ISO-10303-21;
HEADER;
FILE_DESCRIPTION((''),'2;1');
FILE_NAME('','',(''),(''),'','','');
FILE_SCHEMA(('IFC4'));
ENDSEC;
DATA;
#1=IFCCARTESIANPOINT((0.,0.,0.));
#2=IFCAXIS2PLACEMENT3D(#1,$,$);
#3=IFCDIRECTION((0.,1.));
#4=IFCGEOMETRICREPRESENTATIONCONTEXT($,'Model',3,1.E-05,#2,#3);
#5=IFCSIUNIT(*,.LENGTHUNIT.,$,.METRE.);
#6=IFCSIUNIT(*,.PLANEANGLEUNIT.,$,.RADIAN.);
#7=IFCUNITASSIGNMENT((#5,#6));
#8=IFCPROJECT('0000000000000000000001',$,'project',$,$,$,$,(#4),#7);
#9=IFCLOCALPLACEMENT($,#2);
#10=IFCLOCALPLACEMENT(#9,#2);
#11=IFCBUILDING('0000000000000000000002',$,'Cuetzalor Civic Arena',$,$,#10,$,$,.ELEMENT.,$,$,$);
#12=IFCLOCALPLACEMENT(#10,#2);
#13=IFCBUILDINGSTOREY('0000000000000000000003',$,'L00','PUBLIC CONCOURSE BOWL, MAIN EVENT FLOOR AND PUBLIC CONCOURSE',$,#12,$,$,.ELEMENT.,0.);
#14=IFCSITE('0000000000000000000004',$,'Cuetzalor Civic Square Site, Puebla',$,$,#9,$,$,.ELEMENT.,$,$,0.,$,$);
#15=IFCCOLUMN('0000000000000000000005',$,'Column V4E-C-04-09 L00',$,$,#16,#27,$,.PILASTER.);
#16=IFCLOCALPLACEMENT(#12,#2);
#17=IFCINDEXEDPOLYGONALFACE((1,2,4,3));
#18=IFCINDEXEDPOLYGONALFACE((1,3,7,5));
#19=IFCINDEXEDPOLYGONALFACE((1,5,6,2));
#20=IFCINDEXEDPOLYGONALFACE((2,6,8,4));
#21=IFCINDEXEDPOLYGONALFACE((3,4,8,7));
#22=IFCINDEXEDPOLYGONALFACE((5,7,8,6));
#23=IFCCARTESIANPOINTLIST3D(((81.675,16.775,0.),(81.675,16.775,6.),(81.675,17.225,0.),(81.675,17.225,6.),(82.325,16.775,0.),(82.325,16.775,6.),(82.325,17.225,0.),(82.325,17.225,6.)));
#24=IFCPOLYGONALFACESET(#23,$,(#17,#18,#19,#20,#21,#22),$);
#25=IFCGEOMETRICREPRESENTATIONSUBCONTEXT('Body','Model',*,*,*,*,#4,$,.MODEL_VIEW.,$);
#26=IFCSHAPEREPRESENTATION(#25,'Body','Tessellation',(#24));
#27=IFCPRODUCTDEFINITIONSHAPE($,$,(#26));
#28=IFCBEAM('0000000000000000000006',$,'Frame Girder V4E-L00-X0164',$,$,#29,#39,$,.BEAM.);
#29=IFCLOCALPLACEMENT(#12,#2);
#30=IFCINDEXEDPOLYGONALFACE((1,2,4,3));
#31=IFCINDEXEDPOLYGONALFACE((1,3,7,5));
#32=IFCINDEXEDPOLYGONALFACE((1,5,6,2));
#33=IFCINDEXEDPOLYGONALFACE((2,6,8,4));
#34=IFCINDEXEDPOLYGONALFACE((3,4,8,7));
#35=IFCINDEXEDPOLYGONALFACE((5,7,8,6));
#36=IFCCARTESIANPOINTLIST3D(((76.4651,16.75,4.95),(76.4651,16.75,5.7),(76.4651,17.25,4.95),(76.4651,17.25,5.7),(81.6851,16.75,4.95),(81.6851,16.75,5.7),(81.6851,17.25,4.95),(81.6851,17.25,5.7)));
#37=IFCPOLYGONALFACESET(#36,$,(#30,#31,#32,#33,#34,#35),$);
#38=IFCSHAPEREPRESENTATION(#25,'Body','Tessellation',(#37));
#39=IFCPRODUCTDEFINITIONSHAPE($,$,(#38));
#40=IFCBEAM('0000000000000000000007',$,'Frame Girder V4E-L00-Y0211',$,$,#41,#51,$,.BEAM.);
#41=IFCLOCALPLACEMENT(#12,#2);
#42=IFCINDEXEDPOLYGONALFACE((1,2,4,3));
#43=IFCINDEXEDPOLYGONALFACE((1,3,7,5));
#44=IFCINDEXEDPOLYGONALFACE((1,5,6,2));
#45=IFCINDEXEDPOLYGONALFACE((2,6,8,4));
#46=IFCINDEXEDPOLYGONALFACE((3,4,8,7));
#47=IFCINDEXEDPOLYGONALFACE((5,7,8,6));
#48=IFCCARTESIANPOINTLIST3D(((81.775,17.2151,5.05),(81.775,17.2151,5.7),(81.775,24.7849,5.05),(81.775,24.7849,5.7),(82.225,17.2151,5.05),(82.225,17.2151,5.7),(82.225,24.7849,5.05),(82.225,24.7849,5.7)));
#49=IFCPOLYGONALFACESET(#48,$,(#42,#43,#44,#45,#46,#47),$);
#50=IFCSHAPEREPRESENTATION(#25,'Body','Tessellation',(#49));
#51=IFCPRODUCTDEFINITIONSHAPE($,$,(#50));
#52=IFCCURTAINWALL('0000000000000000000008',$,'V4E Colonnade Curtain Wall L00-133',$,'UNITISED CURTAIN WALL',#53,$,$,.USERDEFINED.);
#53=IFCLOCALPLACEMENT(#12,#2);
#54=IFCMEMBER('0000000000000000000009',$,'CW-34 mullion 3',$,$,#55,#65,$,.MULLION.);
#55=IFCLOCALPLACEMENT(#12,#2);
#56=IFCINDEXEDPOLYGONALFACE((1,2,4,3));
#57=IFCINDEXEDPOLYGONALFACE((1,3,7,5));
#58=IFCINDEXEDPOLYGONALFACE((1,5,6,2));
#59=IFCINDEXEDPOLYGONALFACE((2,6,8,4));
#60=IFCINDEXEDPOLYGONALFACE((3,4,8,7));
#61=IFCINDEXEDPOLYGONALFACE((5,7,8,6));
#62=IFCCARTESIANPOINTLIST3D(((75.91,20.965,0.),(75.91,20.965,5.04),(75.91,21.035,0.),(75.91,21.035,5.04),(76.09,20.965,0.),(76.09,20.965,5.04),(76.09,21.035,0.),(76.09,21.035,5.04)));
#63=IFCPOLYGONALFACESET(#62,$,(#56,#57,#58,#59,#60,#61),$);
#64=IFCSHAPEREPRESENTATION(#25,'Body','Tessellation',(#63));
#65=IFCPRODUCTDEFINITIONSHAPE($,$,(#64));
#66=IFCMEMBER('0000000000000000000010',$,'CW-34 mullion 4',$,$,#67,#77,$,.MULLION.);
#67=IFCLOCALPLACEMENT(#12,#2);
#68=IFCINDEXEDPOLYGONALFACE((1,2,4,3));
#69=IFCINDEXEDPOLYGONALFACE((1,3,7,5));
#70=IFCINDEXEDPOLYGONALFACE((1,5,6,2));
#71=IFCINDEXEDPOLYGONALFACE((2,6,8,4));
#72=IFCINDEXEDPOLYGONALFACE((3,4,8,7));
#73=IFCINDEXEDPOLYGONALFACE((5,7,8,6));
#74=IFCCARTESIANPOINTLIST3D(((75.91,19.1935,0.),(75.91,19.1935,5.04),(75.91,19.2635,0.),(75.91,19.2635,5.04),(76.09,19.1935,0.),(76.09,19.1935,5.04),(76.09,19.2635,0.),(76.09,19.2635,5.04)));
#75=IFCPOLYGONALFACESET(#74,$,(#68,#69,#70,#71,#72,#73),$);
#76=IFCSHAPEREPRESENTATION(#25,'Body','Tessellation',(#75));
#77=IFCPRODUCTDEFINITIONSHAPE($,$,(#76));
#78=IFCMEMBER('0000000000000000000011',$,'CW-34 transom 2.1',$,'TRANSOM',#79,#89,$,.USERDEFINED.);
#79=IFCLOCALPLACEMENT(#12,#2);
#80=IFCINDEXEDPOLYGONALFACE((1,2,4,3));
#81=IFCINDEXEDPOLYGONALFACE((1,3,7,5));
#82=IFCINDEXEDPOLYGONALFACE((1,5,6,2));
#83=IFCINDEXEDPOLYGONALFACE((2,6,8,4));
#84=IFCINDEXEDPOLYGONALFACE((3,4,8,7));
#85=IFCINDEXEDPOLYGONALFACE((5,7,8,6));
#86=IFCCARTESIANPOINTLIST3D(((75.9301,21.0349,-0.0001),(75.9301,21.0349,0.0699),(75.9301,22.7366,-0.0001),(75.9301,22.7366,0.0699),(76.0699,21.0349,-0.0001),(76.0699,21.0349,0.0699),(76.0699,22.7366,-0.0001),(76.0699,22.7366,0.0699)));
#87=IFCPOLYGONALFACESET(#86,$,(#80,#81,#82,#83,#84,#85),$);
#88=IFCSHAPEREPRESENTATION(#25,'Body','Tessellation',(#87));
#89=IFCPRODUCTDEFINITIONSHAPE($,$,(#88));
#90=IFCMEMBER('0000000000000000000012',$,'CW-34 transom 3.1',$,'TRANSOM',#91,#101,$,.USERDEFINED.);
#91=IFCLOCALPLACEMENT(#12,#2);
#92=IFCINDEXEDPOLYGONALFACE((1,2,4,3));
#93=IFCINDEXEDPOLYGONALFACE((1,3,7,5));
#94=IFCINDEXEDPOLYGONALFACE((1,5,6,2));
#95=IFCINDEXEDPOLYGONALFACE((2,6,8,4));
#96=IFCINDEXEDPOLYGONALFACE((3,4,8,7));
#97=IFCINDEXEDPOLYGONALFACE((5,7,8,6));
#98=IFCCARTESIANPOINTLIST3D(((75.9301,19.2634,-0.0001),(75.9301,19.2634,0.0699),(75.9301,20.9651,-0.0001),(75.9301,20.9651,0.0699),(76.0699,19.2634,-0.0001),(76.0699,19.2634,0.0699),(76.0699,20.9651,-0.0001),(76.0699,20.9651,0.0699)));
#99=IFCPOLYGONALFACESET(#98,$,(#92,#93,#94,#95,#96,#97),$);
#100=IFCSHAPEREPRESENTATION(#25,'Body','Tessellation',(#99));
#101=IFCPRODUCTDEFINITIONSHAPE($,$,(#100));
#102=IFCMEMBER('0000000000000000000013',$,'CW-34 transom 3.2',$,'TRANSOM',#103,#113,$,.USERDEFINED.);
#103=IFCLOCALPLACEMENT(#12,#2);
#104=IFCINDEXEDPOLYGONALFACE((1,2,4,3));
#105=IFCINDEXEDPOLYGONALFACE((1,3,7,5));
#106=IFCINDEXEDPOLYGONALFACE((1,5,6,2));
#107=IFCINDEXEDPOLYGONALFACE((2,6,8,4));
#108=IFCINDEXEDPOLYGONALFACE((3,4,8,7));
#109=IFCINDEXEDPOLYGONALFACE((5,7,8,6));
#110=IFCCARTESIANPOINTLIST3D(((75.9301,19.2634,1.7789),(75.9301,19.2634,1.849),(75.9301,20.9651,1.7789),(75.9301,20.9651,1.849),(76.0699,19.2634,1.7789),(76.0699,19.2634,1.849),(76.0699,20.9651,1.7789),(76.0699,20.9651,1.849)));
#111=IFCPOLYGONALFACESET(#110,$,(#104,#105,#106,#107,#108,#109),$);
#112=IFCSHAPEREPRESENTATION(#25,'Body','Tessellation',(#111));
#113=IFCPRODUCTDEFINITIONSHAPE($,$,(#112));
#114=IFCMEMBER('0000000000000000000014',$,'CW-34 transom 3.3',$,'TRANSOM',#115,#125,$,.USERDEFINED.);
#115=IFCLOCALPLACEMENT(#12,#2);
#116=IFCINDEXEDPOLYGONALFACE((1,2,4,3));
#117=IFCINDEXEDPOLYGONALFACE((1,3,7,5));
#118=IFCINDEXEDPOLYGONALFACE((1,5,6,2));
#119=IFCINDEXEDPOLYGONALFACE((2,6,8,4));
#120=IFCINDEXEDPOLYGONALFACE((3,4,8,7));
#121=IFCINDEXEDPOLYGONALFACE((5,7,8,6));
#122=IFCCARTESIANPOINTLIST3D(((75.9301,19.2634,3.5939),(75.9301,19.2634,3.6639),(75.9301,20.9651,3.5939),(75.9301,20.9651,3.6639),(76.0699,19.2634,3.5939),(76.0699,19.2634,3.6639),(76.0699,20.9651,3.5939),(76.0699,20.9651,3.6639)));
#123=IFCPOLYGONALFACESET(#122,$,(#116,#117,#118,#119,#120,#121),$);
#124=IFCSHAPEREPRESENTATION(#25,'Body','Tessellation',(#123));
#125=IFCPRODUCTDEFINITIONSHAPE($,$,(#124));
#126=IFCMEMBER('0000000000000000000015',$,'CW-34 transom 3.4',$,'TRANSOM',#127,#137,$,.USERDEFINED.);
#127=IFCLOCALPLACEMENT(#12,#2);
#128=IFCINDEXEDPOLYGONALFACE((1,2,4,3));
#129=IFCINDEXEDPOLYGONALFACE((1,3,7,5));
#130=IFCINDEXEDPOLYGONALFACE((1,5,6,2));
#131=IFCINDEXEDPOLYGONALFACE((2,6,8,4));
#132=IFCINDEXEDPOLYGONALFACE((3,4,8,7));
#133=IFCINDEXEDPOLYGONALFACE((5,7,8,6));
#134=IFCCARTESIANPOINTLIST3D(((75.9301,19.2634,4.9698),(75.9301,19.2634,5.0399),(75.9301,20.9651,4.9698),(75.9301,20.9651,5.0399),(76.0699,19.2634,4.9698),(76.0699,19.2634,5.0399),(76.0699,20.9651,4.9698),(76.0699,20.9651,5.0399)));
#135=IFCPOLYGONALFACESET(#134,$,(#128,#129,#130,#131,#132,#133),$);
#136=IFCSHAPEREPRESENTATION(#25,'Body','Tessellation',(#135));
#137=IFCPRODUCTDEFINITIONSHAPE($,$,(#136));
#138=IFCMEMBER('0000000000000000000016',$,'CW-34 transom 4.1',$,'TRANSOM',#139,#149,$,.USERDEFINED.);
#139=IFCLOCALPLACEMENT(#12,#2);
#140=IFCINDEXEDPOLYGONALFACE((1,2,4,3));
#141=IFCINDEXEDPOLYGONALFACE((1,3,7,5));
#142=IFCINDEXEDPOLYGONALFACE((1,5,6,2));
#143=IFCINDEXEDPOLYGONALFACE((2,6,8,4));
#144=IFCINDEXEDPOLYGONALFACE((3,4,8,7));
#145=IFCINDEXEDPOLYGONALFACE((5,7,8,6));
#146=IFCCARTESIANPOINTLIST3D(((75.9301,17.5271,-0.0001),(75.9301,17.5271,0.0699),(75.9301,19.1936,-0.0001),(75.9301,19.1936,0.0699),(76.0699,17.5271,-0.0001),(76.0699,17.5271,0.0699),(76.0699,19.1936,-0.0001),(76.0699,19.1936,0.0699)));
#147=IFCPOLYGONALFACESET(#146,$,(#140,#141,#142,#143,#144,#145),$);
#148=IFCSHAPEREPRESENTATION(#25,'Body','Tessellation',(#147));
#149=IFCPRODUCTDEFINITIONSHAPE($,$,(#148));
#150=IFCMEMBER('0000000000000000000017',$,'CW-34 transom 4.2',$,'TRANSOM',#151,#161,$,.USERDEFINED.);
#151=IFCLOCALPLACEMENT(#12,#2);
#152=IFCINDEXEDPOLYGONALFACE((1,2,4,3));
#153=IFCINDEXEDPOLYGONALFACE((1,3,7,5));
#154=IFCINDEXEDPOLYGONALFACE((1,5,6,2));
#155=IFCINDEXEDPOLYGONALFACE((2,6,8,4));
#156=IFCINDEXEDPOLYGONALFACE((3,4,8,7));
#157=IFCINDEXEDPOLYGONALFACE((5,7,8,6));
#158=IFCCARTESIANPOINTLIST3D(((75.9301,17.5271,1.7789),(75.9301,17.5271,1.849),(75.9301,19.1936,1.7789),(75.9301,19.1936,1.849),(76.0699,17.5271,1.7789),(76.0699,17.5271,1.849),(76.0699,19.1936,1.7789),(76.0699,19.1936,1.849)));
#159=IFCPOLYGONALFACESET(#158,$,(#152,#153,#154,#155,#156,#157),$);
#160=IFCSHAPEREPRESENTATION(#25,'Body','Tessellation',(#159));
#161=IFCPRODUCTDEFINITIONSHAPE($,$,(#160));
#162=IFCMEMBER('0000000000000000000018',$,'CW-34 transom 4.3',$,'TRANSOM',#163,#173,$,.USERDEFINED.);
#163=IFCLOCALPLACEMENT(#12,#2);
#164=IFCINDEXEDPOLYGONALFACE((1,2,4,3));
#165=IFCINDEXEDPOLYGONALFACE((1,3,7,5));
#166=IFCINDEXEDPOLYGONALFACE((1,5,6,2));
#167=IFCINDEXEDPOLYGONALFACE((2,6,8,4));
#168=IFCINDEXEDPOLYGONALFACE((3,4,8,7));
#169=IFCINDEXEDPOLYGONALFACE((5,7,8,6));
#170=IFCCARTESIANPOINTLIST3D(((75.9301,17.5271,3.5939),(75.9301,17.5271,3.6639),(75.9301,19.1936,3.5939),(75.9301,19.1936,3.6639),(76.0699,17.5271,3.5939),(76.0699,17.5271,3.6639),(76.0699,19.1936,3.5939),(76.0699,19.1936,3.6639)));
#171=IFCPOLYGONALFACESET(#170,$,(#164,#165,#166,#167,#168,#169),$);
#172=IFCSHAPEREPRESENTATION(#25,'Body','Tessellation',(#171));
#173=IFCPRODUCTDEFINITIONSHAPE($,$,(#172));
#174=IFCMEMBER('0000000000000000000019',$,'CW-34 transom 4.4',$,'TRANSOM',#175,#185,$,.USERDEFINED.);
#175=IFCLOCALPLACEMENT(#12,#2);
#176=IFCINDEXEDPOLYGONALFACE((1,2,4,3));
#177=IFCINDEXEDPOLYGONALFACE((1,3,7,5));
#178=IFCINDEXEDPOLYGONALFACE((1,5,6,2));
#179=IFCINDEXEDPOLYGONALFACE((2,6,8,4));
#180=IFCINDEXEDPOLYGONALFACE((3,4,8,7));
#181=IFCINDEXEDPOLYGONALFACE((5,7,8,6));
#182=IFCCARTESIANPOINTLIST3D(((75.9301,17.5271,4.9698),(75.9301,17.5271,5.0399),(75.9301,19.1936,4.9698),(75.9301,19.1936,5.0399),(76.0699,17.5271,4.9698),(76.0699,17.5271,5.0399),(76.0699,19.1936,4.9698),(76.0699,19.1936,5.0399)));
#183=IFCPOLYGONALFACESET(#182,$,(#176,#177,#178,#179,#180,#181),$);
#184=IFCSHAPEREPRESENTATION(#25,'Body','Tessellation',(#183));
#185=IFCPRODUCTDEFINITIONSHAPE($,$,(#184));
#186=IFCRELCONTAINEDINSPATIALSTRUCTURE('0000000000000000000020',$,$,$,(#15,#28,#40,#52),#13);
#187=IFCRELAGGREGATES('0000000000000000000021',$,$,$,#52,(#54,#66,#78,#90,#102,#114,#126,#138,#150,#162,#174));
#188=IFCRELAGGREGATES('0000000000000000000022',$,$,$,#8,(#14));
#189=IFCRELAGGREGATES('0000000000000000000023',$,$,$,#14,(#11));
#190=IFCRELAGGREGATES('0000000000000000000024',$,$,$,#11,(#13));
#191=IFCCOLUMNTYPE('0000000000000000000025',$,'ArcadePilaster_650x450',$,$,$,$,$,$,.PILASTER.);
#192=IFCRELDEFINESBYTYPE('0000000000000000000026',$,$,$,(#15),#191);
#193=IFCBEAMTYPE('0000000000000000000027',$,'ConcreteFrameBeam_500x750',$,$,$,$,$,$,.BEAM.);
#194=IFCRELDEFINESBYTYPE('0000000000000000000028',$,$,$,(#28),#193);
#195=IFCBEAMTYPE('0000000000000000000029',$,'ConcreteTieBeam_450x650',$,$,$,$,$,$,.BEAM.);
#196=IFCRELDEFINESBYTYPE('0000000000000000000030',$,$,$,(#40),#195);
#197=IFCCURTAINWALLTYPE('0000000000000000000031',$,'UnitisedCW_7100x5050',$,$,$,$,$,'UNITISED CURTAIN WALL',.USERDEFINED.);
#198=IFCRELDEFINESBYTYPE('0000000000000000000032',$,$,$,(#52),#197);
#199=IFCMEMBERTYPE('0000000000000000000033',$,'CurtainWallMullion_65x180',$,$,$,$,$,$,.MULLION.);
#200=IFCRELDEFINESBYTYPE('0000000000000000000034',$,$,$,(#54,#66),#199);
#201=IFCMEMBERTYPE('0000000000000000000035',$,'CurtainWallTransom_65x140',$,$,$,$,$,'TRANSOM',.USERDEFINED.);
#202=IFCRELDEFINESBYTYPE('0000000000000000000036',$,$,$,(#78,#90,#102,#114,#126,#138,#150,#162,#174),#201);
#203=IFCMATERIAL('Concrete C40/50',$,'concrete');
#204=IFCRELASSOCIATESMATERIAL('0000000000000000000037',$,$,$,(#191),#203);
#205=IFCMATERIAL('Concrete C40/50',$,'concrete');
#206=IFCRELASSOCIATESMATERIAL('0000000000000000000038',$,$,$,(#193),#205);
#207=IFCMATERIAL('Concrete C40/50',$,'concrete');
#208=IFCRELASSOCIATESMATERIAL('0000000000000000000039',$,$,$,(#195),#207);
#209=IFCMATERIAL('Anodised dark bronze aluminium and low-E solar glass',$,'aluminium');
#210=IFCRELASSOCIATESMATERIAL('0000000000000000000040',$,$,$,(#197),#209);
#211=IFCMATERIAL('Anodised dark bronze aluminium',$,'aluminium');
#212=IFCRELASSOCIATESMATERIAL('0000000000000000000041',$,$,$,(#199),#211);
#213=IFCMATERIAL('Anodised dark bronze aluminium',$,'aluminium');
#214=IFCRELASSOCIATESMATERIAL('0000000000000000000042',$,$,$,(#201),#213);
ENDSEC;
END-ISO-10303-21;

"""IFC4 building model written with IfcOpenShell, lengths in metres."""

from ifc_helpers import new_model, si_unit, direction, frame, origin, origin_2d, place, context, subcontext, project, spatial, rectangle, extrude, material, material_profile, profile_set, type_object, element, aggregate, save


model = new_model("IFC4")

# Units and contexts
model_context = context("Model", 3, precision=1e-05, world=origin(), true_north=direction((0.0, 1.0)))
body_context = subcontext(model_context, "Body", "Model", "MODEL_VIEW")
ifc_project = project(units=[si_unit("LENGTHUNIT", "METRE"), si_unit("PLANEANGLEUNIT", "RADIAN")], contexts=[model_context])

# Site, building, storey
site_placement = place(None, origin())
site = spatial("IfcSite", under=ifc_project, at=site_placement, Name="Cuetzalor Civic Square Site, Puebla", CompositionType="ELEMENT", RefElevation=0.0)
building_placement = place(site_placement, origin())
building = spatial("IfcBuilding", under=site, at=building_placement, Name="Cuetzalor Civic Arena", CompositionType="ELEMENT")
storey_placement = place(building_placement, origin())
storey = spatial("IfcBuildingStorey", under=building, at=storey_placement, Name="L00", Description="PUBLIC CONCOURSE BOWL, MAIN EVENT FLOOR AND PUBLIC CONCOURSE", CompositionType="ELEMENT", Elevation=0.0)

# Column
ifc_material_1 = material(Name="Concrete C40/50", Category="concrete")
ifc_material_profile_1 = material_profile(ifc_material_1, rectangle(XDim=0.6499, YDim=0.45, at=origin_2d()), Name="RC 650x450")
ifc_profile_set_1 = profile_set([ifc_material_profile_1], Name="Concrete C40/50")
column_type = type_object("IfcColumnType", Name="ArcadePilaster_650x450", PredefinedType="PILASTER", material=ifc_profile_set_1)
column_placement = place(storey_placement, frame((82.0, 17.0, 0.0), z_axis=(0.0, 0.0, 1.0), x_axis=(1.0, 0.0, 0.0)))
element("IfcColumn", 1, at=column_placement, inside=storey, type_object=column_type, Name="Column V4E-C-04-09 L00", PredefinedType="PILASTER", context=body_context, shape_type="SweptSolid", body=[
    extrude(rectangle(XDim=0.6499, YDim=0.45, at=origin_2d()), origin(), (0.0, 0.0, 1.0), 6.0),
])

# Beams
ifc_material_2 = material(Name="Concrete C40/50", Category="concrete")
ifc_material_profile_2 = material_profile(ifc_material_2, rectangle(XDim=0.5, YDim=0.75, at=origin_2d()), Name="RC 500x750")
ifc_profile_set_2 = profile_set([ifc_material_profile_2], Name="Concrete C40/50")
beam_type_1 = type_object("IfcBeamType", Name="ConcreteFrameBeam_500x750", PredefinedType="BEAM", material=ifc_profile_set_2)
beam_1_placement = place(storey_placement, frame((76.4651, 17.0, 5.325), z_axis=(1.0, 0.0, 0.0), x_axis=(0.0, 1.0, 0.0)))
element("IfcBeam", 2, at=beam_1_placement, inside=storey, type_object=beam_type_1, Name="Frame Girder V4E-L00-X0164", PredefinedType="BEAM", context=body_context, shape_type="SweptSolid", body=[
    extrude(rectangle(XDim=0.5, YDim=0.75, at=origin_2d()), origin(), (0.0, 0.0, 1.0), 5.22),
])
ifc_material_3 = material(Name="Concrete C40/50", Category="concrete")
ifc_material_profile_3 = material_profile(ifc_material_3, rectangle(XDim=0.45, YDim=0.6499, at=origin_2d()), Name="RC 450x650")
ifc_profile_set_3 = profile_set([ifc_material_profile_3], Name="Concrete C40/50")
beam_type_2 = type_object("IfcBeamType", Name="ConcreteTieBeam_450x650", PredefinedType="BEAM", material=ifc_profile_set_3)
beam_2_placement = place(storey_placement, frame((82.0, 17.2151, 5.375), z_axis=(0.0, 1.0, 0.0), x_axis=(-1.0, 0.0, 0.0)))
element("IfcBeam", 3, at=beam_2_placement, inside=storey, type_object=beam_type_2, Name="Frame Girder V4E-L00-Y0211", PredefinedType="BEAM", context=body_context, shape_type="SweptSolid", body=[
    extrude(rectangle(XDim=0.45, YDim=0.6499, at=origin_2d()), origin(), (0.0, 0.0, 1.0), 7.5698),
])

# Curtain wall, members
ifc_material_4 = material(Name="Anodised dark bronze aluminium and low-E solar glass", Category="aluminium")
curtain_wall_type = type_object("IfcCurtainWallType", Name="UnitisedCW_7100x5050", ElementType="UNITISED CURTAIN WALL", PredefinedType="USERDEFINED", material=ifc_material_4)
curtain_wall_placement = place(storey_placement, origin())
curtain_wall = element("IfcCurtainWall", 4, at=curtain_wall_placement, inside=storey, type_object=curtain_wall_type, Name="V4E Colonnade Curtain Wall L00-133", ObjectType="UNITISED CURTAIN WALL", PredefinedType="USERDEFINED")
ifc_material_5 = material(Name="Anodised dark bronze aluminium", Category="aluminium")
ifc_material_profile_4 = material_profile(ifc_material_5, rectangle(XDim=0.0701, YDim=0.1799, at=origin_2d()), Name="ALU MULLION 70x180")
ifc_profile_set_4 = profile_set([ifc_material_profile_4], Name="Anodised dark bronze aluminium")
member_type_1 = type_object("IfcMemberType", Name="CurtainWallMullion_65x180", PredefinedType="MULLION", material=ifc_profile_set_4)
member_1_placement = place(storey_placement, frame((76.0, 21.0, 0.0), z_axis=(0.0, 0.0, 1.0), x_axis=(0.0, -1.0, 0.0)))
member_1 = element("IfcMember", 5, at=member_1_placement, type_object=member_type_1, Name="CW-34 mullion 3", PredefinedType="MULLION", context=body_context, shape_type="SweptSolid", body=[
    extrude(rectangle(XDim=0.0701, YDim=0.1799, at=origin_2d()), origin(), (0.0, 0.0, 1.0), 5.04),
])
member_2_placement = place(storey_placement, frame((76.0, 19.2285, 0.0), z_axis=(0.0, 0.0, 1.0), x_axis=(0.0, -1.0, 0.0)))
member_2 = element("IfcMember", 6, at=member_2_placement, type_object=member_type_1, Name="CW-34 mullion 4", PredefinedType="MULLION", context=body_context, shape_type="SweptSolid", body=[
    extrude(rectangle(XDim=0.0701, YDim=0.1799, at=origin_2d()), origin(), (0.0, 0.0, 1.0), 5.04),
])
ifc_material_6 = material(Name="Anodised dark bronze aluminium", Category="aluminium")
ifc_material_profile_5 = material_profile(ifc_material_6, rectangle(XDim=0.1399, YDim=0.0701, at=origin_2d()), Name="ALU TRANSOM 70x140")
ifc_profile_set_5 = profile_set([ifc_material_profile_5], Name="Anodised dark bronze aluminium")
member_type_2 = type_object("IfcMemberType", Name="CurtainWallTransom_65x140", ElementType="TRANSOM", PredefinedType="USERDEFINED", material=ifc_profile_set_5)
member_3_placement = place(storey_placement, frame((76.0, 22.7366, 0.0349), z_axis=(0.0, -1.0, 0.0), x_axis=(1.0, 0.0, 0.0)))
member_3 = element("IfcMember", 7, at=member_3_placement, type_object=member_type_2, Name="CW-34 transom 2.1", ObjectType="TRANSOM", PredefinedType="USERDEFINED", context=body_context, shape_type="SweptSolid", body=[
    extrude(rectangle(XDim=0.1399, YDim=0.0701, at=origin_2d()), origin(), (0.0, 0.0, 1.0), 1.7017),
])
member_4_placement = place(storey_placement, frame((76.0, 20.9651, 0.0349), z_axis=(0.0, -1.0, 0.0), x_axis=(1.0, 0.0, 0.0)))
member_4 = element("IfcMember", 8, at=member_4_placement, type_object=member_type_2, Name="CW-34 transom 3.1", ObjectType="TRANSOM", PredefinedType="USERDEFINED", context=body_context, shape_type="SweptSolid", body=[
    extrude(rectangle(XDim=0.1399, YDim=0.0701, at=origin_2d()), origin(), (0.0, 0.0, 1.0), 1.7017),
])
member_5_placement = place(storey_placement, frame((76.0, 20.9651, 1.814), z_axis=(0.0, -1.0, 0.0), x_axis=(1.0, 0.0, 0.0)))
member_5 = element("IfcMember", 9, at=member_5_placement, type_object=member_type_2, Name="CW-34 transom 3.2", ObjectType="TRANSOM", PredefinedType="USERDEFINED", context=body_context, shape_type="SweptSolid", body=[
    extrude(rectangle(XDim=0.1399, YDim=0.0701, at=origin_2d()), origin(), (0.0, 0.0, 1.0), 1.7017),
])
member_6_placement = place(storey_placement, frame((76.0, 20.9651, 3.6289), z_axis=(0.0, -1.0, 0.0), x_axis=(1.0, 0.0, 0.0)))
member_6 = element("IfcMember", 10, at=member_6_placement, type_object=member_type_2, Name="CW-34 transom 3.3", ObjectType="TRANSOM", PredefinedType="USERDEFINED", context=body_context, shape_type="SweptSolid", body=[
    extrude(rectangle(XDim=0.1399, YDim=0.0701, at=origin_2d()), origin(), (0.0, 0.0, 1.0), 1.7017),
])
member_7_placement = place(storey_placement, frame((76.0, 20.9651, 5.0049), z_axis=(0.0, -1.0, 0.0), x_axis=(1.0, 0.0, 0.0)))
member_7 = element("IfcMember", 11, at=member_7_placement, type_object=member_type_2, Name="CW-34 transom 3.4", ObjectType="TRANSOM", PredefinedType="USERDEFINED", context=body_context, shape_type="SweptSolid", body=[
    extrude(rectangle(XDim=0.1399, YDim=0.0701, at=origin_2d()), origin(), (0.0, 0.0, 1.0), 1.7017),
])
member_8_placement = place(storey_placement, frame((76.0, 19.1936, 0.0349), z_axis=(0.0, -1.0, 0.0), x_axis=(1.0, 0.0, 0.0)))
member_8 = element("IfcMember", 12, at=member_8_placement, type_object=member_type_2, Name="CW-34 transom 4.1", ObjectType="TRANSOM", PredefinedType="USERDEFINED", context=body_context, shape_type="SweptSolid", body=[
    extrude(rectangle(XDim=0.1399, YDim=0.0701, at=origin_2d()), origin(), (0.0, 0.0, 1.0), 1.6665),
])
member_9_placement = place(storey_placement, frame((76.0, 19.1936, 1.814), z_axis=(0.0, -1.0, 0.0), x_axis=(1.0, 0.0, 0.0)))
member_9 = element("IfcMember", 13, at=member_9_placement, type_object=member_type_2, Name="CW-34 transom 4.2", ObjectType="TRANSOM", PredefinedType="USERDEFINED", context=body_context, shape_type="SweptSolid", body=[
    extrude(rectangle(XDim=0.1399, YDim=0.0701, at=origin_2d()), origin(), (0.0, 0.0, 1.0), 1.6665),
])
member_10_placement = place(storey_placement, frame((76.0, 19.1936, 3.6289), z_axis=(0.0, -1.0, 0.0), x_axis=(1.0, 0.0, 0.0)))
member_10 = element("IfcMember", 14, at=member_10_placement, type_object=member_type_2, Name="CW-34 transom 4.3", ObjectType="TRANSOM", PredefinedType="USERDEFINED", context=body_context, shape_type="SweptSolid", body=[
    extrude(rectangle(XDim=0.1399, YDim=0.0701, at=origin_2d()), origin(), (0.0, 0.0, 1.0), 1.6665),
])
member_11_placement = place(storey_placement, frame((76.0, 19.1936, 5.0049), z_axis=(0.0, -1.0, 0.0), x_axis=(1.0, 0.0, 0.0)))
member_11 = element("IfcMember", 15, at=member_11_placement, type_object=member_type_2, Name="CW-34 transom 4.4", ObjectType="TRANSOM", PredefinedType="USERDEFINED", context=body_context, shape_type="SweptSolid", body=[
    extrude(rectangle(XDim=0.1399, YDim=0.0701, at=origin_2d()), origin(), (0.0, 0.0, 1.0), 1.6665),
])

aggregate(curtain_wall, [member_1, member_2, member_3, member_4, member_5, member_6, member_7, member_8, member_9, member_10, member_11])

save(model, "model.ifc")
